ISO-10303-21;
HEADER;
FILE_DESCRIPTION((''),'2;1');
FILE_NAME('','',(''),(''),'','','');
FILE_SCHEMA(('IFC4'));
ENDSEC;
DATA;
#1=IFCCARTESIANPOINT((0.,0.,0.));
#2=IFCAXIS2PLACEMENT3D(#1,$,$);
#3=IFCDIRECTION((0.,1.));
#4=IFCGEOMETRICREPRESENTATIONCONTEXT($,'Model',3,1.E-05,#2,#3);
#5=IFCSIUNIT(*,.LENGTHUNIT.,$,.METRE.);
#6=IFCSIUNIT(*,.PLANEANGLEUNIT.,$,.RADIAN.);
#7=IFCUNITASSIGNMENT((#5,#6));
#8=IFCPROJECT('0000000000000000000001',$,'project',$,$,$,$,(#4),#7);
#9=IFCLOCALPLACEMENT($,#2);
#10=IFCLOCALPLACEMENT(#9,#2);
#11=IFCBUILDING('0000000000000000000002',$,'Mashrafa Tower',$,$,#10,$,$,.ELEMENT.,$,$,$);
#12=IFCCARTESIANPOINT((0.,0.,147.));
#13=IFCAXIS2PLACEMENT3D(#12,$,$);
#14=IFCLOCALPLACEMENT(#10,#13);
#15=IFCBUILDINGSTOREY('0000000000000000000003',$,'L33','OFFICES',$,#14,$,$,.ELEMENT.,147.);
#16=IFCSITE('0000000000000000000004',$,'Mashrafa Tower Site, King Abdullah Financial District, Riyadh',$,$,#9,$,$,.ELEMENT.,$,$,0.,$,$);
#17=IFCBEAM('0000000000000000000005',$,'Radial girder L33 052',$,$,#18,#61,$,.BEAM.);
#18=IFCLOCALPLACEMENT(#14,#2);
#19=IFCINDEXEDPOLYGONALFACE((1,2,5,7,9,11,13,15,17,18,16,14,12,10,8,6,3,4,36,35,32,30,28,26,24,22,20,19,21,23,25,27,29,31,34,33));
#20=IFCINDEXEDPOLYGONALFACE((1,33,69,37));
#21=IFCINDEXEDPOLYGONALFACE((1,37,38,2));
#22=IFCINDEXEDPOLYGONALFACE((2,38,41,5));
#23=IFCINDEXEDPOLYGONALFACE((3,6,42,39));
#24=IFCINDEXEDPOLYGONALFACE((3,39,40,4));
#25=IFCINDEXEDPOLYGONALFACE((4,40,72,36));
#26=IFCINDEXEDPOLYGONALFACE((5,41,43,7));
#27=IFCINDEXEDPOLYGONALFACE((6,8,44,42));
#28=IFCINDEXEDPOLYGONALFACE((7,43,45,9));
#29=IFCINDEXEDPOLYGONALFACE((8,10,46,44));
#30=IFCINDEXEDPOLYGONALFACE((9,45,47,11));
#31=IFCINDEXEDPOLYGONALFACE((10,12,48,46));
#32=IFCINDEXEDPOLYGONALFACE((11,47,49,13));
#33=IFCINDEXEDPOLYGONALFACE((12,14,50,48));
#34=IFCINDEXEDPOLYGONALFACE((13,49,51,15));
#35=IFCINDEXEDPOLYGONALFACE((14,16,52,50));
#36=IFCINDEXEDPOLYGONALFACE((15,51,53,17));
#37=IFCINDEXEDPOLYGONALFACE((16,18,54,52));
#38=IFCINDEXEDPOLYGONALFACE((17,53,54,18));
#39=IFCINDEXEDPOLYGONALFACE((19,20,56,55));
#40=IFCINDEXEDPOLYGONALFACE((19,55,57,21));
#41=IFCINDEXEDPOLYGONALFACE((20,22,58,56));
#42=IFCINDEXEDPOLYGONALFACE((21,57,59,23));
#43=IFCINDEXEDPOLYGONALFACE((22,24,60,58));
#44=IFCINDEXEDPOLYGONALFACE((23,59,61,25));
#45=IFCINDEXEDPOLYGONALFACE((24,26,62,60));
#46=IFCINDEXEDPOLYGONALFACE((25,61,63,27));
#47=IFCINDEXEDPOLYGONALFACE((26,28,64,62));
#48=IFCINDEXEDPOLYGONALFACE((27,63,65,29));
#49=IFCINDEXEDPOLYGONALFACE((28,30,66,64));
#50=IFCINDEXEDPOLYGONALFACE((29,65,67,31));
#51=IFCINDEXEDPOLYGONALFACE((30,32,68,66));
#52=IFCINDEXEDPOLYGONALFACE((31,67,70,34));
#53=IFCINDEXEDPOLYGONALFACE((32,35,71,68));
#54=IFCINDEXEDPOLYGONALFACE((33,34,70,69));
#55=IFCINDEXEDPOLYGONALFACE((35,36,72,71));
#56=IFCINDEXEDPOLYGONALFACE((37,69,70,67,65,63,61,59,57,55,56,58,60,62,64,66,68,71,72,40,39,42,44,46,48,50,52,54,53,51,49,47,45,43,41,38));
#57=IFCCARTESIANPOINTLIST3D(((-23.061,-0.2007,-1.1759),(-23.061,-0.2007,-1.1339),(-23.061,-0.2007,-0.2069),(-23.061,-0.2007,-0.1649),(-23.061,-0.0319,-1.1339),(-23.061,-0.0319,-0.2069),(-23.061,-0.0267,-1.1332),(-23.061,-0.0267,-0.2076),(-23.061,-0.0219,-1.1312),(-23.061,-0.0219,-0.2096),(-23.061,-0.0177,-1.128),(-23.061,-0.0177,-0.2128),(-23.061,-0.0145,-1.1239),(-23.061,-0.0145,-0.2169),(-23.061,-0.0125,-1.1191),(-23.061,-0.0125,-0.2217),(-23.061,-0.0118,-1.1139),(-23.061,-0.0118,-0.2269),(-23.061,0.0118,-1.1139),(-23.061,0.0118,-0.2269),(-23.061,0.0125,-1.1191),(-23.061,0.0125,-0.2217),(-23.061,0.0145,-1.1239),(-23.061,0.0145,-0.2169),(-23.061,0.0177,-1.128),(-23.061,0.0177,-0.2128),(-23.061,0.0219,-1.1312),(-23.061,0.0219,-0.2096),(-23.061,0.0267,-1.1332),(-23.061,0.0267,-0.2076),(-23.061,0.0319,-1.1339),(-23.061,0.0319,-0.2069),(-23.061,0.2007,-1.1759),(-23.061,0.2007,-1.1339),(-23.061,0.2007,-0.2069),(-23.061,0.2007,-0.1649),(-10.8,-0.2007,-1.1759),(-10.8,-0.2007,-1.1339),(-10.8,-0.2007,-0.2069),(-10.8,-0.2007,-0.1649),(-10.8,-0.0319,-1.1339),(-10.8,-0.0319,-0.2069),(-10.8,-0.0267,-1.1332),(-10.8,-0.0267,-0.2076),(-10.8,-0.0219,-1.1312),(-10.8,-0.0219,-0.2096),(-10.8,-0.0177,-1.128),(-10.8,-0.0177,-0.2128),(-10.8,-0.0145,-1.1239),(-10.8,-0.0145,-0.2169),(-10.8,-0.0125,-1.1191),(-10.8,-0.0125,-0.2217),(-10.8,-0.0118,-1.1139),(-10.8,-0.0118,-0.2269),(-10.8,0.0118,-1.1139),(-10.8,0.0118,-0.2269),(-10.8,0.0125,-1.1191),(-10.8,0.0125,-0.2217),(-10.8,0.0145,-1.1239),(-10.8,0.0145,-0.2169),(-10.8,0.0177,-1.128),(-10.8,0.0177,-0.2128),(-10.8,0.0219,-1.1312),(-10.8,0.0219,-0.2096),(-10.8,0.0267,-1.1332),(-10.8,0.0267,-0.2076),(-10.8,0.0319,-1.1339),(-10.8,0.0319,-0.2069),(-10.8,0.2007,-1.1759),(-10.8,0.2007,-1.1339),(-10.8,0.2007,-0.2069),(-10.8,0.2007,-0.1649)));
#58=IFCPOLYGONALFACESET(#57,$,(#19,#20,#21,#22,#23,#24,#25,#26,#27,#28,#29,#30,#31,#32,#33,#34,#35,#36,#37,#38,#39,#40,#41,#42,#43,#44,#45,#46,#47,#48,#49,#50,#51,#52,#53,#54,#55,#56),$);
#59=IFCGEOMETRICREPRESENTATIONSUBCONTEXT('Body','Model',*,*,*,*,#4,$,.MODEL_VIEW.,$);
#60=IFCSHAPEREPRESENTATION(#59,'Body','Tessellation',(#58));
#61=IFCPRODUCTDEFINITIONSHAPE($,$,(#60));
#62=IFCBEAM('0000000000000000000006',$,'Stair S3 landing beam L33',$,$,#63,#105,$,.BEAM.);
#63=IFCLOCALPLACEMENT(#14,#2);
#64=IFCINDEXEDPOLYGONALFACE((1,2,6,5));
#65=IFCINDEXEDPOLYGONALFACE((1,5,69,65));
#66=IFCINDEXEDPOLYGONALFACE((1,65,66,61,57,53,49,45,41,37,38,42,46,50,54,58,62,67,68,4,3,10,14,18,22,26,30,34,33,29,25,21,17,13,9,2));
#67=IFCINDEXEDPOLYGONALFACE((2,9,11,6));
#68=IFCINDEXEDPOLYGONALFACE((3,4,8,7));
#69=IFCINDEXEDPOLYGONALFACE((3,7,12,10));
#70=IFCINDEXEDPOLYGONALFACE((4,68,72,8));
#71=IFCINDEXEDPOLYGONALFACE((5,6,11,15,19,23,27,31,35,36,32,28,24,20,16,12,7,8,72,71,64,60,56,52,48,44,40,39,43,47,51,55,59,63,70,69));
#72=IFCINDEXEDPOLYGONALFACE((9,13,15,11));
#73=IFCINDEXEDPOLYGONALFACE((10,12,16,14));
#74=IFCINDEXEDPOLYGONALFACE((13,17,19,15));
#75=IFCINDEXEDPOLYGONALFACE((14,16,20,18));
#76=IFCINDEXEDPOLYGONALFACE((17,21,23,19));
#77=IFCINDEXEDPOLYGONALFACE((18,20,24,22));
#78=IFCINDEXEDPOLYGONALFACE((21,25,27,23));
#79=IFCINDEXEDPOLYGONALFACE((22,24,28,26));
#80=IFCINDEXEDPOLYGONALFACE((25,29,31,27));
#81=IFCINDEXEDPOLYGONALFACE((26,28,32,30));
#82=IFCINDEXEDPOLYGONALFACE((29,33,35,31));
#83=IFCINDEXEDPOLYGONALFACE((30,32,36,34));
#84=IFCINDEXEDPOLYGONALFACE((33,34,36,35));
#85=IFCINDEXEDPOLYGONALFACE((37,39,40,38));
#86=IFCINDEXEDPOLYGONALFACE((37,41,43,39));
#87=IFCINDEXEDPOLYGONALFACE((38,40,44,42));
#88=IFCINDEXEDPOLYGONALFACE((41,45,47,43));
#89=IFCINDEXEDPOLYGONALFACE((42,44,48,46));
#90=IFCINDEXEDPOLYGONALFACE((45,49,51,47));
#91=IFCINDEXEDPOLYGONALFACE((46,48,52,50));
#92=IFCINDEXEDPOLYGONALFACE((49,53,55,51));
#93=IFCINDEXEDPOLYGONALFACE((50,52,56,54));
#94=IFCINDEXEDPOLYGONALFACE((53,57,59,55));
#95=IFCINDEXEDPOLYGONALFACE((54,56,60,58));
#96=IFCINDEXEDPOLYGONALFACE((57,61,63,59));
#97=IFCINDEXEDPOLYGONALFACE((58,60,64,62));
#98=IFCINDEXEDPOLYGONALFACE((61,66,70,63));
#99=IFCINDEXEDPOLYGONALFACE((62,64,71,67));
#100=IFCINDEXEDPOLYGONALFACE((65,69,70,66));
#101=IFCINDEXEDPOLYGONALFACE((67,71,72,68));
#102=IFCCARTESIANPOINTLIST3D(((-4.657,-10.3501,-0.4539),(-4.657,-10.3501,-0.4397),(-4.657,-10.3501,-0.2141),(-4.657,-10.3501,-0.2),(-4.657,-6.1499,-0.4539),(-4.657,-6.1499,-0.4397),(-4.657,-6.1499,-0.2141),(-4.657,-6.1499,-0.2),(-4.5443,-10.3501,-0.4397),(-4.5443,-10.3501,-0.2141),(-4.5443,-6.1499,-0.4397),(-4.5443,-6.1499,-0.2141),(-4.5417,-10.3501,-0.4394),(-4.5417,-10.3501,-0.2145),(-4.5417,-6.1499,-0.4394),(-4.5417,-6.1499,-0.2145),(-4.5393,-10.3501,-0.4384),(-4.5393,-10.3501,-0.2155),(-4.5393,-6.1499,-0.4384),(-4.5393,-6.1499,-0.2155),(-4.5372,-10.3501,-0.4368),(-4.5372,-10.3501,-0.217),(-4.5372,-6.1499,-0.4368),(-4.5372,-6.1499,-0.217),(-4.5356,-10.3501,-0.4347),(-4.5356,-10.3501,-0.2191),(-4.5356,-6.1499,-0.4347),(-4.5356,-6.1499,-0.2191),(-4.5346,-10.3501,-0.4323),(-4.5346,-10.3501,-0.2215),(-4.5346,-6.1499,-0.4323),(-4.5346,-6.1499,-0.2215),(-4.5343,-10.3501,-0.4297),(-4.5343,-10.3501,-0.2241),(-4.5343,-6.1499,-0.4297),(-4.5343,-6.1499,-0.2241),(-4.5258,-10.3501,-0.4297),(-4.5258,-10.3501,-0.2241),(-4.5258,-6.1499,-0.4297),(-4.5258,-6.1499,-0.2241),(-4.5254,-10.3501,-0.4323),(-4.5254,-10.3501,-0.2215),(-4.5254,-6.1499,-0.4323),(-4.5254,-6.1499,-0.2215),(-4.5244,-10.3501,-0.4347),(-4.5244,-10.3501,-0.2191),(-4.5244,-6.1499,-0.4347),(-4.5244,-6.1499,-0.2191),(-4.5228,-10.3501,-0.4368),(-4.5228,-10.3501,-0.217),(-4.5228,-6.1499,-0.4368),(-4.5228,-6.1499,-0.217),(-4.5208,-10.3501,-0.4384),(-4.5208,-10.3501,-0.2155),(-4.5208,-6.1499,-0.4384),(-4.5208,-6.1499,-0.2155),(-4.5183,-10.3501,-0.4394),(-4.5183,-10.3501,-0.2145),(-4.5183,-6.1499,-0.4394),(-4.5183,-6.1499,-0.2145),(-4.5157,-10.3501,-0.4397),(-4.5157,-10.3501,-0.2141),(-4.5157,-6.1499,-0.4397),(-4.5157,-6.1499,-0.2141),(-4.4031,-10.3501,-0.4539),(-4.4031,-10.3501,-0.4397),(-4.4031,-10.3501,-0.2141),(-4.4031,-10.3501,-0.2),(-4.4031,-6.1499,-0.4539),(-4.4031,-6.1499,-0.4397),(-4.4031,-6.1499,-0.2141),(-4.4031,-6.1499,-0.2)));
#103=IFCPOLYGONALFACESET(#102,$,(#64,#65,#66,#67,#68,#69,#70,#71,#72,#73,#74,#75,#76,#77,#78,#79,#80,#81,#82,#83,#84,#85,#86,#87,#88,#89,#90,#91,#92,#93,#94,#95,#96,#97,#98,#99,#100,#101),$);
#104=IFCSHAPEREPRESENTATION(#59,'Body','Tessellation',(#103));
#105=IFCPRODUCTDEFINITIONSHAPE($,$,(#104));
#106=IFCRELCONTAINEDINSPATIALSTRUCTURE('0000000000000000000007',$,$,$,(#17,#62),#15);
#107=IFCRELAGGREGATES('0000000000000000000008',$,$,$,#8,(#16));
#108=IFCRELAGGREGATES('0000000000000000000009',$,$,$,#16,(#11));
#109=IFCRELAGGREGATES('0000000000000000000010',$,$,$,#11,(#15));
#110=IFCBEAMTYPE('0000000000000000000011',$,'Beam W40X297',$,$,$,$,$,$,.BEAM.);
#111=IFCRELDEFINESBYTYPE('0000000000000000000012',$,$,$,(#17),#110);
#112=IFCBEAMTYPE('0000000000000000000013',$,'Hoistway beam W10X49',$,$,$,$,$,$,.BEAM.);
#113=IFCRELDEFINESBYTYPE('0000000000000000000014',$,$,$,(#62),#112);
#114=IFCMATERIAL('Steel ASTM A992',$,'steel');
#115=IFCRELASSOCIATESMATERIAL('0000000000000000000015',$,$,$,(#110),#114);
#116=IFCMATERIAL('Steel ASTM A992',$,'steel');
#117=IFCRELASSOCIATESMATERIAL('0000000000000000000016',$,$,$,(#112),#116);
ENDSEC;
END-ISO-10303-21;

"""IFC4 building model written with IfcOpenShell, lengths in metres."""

from ifc_helpers import new_model, si_unit, direction, frame, origin, origin_2d, place, context, subcontext, project, spatial, i_section, extrude, material, material_profile, profile_set, type_object, element, save


model = new_model("IFC4")

# Units and contexts
model_context = context("Model", 3, precision=1e-05, world=origin(), true_north=direction((0.0, 1.0)))
body_context = subcontext(model_context, "Body", "Model", "MODEL_VIEW")
ifc_project = project(units=[si_unit("LENGTHUNIT", "METRE"), si_unit("PLANEANGLEUNIT", "RADIAN")], contexts=[model_context])

# Site, building, storey
site_placement = place(None, origin())
site = spatial("IfcSite", under=ifc_project, at=site_placement, Name="Mashrafa Tower Site, King Abdullah Financial District, Riyadh", CompositionType="ELEMENT", RefElevation=0.0)
building_placement = place(site_placement, origin())
building = spatial("IfcBuilding", under=site, at=building_placement, Name="Mashrafa Tower", CompositionType="ELEMENT")
storey_placement = place(building_placement, frame((0.0, 0.0, 147.0)))
storey = spatial("IfcBuildingStorey", under=building, at=storey_placement, Name="L33", Description="OFFICES", CompositionType="ELEMENT", Elevation=147.0)

# Beams
ifc_material_1 = material(Name="Steel ASTM A992", Category="steel")
ifc_material_profile_1 = material_profile(ifc_material_1, i_section(OverallWidth=0.4014, OverallDepth=1.011, WebThickness=0.0237, FlangeThickness=0.042, FilletRadius=0.02, at=origin_2d()), Name="W40X297")
ifc_profile_set_1 = profile_set([ifc_material_profile_1], Name="Steel ASTM A992")
beam_type_1 = type_object("IfcBeamType", Name="Beam W40X297", PredefinedType="BEAM", material=ifc_profile_set_1)
beam_1_placement = place(storey_placement, frame((-10.8, 0.0, -0.6704), z_axis=(-1.0, 0.0, 0.0), x_axis=(0.0, -1.0, 0.0)))
element("IfcBeam", 1, at=beam_1_placement, inside=storey, type_object=beam_type_1, Name="Radial girder L33 052", PredefinedType="BEAM", context=body_context, shape_type="SweptSolid", body=[
    extrude(i_section(OverallWidth=0.4014, OverallDepth=1.011, WebThickness=0.0237, FlangeThickness=0.042, FilletRadius=0.02, at=origin_2d()), origin(), (0.0, 0.0, 1.0), 12.261),
])
ifc_material_2 = material(Name="Steel ASTM A992", Category="steel")
ifc_material_profile_2 = material_profile(ifc_material_2, i_section(OverallWidth=0.2539, OverallDepth=0.2539, WebThickness=0.0085, FlangeThickness=0.0142, FilletRadius=0.01, at=origin_2d()), Name="W10X49")
ifc_profile_set_2 = profile_set([ifc_material_profile_2], Name="Steel ASTM A992")
beam_type_2 = type_object("IfcBeamType", Name="Hoistway beam W10X49", PredefinedType="BEAM", material=ifc_profile_set_2)
beam_2_placement = place(storey_placement, frame((-4.53, -10.3501, -0.3269), z_axis=(0.0, 1.0, 0.0), x_axis=(-1.0, 0.0, 0.0)))
element("IfcBeam", 2, at=beam_2_placement, inside=storey, type_object=beam_type_2, Name="Stair S3 landing beam L33", PredefinedType="BEAM", context=body_context, shape_type="SweptSolid", body=[
    extrude(i_section(OverallWidth=0.2539, OverallDepth=0.2539, WebThickness=0.0085, FlangeThickness=0.0142, FilletRadius=0.01, at=origin_2d()), origin(), (0.0, 0.0, 1.0), 4.2002),
])

save(model, "model.ifc")
